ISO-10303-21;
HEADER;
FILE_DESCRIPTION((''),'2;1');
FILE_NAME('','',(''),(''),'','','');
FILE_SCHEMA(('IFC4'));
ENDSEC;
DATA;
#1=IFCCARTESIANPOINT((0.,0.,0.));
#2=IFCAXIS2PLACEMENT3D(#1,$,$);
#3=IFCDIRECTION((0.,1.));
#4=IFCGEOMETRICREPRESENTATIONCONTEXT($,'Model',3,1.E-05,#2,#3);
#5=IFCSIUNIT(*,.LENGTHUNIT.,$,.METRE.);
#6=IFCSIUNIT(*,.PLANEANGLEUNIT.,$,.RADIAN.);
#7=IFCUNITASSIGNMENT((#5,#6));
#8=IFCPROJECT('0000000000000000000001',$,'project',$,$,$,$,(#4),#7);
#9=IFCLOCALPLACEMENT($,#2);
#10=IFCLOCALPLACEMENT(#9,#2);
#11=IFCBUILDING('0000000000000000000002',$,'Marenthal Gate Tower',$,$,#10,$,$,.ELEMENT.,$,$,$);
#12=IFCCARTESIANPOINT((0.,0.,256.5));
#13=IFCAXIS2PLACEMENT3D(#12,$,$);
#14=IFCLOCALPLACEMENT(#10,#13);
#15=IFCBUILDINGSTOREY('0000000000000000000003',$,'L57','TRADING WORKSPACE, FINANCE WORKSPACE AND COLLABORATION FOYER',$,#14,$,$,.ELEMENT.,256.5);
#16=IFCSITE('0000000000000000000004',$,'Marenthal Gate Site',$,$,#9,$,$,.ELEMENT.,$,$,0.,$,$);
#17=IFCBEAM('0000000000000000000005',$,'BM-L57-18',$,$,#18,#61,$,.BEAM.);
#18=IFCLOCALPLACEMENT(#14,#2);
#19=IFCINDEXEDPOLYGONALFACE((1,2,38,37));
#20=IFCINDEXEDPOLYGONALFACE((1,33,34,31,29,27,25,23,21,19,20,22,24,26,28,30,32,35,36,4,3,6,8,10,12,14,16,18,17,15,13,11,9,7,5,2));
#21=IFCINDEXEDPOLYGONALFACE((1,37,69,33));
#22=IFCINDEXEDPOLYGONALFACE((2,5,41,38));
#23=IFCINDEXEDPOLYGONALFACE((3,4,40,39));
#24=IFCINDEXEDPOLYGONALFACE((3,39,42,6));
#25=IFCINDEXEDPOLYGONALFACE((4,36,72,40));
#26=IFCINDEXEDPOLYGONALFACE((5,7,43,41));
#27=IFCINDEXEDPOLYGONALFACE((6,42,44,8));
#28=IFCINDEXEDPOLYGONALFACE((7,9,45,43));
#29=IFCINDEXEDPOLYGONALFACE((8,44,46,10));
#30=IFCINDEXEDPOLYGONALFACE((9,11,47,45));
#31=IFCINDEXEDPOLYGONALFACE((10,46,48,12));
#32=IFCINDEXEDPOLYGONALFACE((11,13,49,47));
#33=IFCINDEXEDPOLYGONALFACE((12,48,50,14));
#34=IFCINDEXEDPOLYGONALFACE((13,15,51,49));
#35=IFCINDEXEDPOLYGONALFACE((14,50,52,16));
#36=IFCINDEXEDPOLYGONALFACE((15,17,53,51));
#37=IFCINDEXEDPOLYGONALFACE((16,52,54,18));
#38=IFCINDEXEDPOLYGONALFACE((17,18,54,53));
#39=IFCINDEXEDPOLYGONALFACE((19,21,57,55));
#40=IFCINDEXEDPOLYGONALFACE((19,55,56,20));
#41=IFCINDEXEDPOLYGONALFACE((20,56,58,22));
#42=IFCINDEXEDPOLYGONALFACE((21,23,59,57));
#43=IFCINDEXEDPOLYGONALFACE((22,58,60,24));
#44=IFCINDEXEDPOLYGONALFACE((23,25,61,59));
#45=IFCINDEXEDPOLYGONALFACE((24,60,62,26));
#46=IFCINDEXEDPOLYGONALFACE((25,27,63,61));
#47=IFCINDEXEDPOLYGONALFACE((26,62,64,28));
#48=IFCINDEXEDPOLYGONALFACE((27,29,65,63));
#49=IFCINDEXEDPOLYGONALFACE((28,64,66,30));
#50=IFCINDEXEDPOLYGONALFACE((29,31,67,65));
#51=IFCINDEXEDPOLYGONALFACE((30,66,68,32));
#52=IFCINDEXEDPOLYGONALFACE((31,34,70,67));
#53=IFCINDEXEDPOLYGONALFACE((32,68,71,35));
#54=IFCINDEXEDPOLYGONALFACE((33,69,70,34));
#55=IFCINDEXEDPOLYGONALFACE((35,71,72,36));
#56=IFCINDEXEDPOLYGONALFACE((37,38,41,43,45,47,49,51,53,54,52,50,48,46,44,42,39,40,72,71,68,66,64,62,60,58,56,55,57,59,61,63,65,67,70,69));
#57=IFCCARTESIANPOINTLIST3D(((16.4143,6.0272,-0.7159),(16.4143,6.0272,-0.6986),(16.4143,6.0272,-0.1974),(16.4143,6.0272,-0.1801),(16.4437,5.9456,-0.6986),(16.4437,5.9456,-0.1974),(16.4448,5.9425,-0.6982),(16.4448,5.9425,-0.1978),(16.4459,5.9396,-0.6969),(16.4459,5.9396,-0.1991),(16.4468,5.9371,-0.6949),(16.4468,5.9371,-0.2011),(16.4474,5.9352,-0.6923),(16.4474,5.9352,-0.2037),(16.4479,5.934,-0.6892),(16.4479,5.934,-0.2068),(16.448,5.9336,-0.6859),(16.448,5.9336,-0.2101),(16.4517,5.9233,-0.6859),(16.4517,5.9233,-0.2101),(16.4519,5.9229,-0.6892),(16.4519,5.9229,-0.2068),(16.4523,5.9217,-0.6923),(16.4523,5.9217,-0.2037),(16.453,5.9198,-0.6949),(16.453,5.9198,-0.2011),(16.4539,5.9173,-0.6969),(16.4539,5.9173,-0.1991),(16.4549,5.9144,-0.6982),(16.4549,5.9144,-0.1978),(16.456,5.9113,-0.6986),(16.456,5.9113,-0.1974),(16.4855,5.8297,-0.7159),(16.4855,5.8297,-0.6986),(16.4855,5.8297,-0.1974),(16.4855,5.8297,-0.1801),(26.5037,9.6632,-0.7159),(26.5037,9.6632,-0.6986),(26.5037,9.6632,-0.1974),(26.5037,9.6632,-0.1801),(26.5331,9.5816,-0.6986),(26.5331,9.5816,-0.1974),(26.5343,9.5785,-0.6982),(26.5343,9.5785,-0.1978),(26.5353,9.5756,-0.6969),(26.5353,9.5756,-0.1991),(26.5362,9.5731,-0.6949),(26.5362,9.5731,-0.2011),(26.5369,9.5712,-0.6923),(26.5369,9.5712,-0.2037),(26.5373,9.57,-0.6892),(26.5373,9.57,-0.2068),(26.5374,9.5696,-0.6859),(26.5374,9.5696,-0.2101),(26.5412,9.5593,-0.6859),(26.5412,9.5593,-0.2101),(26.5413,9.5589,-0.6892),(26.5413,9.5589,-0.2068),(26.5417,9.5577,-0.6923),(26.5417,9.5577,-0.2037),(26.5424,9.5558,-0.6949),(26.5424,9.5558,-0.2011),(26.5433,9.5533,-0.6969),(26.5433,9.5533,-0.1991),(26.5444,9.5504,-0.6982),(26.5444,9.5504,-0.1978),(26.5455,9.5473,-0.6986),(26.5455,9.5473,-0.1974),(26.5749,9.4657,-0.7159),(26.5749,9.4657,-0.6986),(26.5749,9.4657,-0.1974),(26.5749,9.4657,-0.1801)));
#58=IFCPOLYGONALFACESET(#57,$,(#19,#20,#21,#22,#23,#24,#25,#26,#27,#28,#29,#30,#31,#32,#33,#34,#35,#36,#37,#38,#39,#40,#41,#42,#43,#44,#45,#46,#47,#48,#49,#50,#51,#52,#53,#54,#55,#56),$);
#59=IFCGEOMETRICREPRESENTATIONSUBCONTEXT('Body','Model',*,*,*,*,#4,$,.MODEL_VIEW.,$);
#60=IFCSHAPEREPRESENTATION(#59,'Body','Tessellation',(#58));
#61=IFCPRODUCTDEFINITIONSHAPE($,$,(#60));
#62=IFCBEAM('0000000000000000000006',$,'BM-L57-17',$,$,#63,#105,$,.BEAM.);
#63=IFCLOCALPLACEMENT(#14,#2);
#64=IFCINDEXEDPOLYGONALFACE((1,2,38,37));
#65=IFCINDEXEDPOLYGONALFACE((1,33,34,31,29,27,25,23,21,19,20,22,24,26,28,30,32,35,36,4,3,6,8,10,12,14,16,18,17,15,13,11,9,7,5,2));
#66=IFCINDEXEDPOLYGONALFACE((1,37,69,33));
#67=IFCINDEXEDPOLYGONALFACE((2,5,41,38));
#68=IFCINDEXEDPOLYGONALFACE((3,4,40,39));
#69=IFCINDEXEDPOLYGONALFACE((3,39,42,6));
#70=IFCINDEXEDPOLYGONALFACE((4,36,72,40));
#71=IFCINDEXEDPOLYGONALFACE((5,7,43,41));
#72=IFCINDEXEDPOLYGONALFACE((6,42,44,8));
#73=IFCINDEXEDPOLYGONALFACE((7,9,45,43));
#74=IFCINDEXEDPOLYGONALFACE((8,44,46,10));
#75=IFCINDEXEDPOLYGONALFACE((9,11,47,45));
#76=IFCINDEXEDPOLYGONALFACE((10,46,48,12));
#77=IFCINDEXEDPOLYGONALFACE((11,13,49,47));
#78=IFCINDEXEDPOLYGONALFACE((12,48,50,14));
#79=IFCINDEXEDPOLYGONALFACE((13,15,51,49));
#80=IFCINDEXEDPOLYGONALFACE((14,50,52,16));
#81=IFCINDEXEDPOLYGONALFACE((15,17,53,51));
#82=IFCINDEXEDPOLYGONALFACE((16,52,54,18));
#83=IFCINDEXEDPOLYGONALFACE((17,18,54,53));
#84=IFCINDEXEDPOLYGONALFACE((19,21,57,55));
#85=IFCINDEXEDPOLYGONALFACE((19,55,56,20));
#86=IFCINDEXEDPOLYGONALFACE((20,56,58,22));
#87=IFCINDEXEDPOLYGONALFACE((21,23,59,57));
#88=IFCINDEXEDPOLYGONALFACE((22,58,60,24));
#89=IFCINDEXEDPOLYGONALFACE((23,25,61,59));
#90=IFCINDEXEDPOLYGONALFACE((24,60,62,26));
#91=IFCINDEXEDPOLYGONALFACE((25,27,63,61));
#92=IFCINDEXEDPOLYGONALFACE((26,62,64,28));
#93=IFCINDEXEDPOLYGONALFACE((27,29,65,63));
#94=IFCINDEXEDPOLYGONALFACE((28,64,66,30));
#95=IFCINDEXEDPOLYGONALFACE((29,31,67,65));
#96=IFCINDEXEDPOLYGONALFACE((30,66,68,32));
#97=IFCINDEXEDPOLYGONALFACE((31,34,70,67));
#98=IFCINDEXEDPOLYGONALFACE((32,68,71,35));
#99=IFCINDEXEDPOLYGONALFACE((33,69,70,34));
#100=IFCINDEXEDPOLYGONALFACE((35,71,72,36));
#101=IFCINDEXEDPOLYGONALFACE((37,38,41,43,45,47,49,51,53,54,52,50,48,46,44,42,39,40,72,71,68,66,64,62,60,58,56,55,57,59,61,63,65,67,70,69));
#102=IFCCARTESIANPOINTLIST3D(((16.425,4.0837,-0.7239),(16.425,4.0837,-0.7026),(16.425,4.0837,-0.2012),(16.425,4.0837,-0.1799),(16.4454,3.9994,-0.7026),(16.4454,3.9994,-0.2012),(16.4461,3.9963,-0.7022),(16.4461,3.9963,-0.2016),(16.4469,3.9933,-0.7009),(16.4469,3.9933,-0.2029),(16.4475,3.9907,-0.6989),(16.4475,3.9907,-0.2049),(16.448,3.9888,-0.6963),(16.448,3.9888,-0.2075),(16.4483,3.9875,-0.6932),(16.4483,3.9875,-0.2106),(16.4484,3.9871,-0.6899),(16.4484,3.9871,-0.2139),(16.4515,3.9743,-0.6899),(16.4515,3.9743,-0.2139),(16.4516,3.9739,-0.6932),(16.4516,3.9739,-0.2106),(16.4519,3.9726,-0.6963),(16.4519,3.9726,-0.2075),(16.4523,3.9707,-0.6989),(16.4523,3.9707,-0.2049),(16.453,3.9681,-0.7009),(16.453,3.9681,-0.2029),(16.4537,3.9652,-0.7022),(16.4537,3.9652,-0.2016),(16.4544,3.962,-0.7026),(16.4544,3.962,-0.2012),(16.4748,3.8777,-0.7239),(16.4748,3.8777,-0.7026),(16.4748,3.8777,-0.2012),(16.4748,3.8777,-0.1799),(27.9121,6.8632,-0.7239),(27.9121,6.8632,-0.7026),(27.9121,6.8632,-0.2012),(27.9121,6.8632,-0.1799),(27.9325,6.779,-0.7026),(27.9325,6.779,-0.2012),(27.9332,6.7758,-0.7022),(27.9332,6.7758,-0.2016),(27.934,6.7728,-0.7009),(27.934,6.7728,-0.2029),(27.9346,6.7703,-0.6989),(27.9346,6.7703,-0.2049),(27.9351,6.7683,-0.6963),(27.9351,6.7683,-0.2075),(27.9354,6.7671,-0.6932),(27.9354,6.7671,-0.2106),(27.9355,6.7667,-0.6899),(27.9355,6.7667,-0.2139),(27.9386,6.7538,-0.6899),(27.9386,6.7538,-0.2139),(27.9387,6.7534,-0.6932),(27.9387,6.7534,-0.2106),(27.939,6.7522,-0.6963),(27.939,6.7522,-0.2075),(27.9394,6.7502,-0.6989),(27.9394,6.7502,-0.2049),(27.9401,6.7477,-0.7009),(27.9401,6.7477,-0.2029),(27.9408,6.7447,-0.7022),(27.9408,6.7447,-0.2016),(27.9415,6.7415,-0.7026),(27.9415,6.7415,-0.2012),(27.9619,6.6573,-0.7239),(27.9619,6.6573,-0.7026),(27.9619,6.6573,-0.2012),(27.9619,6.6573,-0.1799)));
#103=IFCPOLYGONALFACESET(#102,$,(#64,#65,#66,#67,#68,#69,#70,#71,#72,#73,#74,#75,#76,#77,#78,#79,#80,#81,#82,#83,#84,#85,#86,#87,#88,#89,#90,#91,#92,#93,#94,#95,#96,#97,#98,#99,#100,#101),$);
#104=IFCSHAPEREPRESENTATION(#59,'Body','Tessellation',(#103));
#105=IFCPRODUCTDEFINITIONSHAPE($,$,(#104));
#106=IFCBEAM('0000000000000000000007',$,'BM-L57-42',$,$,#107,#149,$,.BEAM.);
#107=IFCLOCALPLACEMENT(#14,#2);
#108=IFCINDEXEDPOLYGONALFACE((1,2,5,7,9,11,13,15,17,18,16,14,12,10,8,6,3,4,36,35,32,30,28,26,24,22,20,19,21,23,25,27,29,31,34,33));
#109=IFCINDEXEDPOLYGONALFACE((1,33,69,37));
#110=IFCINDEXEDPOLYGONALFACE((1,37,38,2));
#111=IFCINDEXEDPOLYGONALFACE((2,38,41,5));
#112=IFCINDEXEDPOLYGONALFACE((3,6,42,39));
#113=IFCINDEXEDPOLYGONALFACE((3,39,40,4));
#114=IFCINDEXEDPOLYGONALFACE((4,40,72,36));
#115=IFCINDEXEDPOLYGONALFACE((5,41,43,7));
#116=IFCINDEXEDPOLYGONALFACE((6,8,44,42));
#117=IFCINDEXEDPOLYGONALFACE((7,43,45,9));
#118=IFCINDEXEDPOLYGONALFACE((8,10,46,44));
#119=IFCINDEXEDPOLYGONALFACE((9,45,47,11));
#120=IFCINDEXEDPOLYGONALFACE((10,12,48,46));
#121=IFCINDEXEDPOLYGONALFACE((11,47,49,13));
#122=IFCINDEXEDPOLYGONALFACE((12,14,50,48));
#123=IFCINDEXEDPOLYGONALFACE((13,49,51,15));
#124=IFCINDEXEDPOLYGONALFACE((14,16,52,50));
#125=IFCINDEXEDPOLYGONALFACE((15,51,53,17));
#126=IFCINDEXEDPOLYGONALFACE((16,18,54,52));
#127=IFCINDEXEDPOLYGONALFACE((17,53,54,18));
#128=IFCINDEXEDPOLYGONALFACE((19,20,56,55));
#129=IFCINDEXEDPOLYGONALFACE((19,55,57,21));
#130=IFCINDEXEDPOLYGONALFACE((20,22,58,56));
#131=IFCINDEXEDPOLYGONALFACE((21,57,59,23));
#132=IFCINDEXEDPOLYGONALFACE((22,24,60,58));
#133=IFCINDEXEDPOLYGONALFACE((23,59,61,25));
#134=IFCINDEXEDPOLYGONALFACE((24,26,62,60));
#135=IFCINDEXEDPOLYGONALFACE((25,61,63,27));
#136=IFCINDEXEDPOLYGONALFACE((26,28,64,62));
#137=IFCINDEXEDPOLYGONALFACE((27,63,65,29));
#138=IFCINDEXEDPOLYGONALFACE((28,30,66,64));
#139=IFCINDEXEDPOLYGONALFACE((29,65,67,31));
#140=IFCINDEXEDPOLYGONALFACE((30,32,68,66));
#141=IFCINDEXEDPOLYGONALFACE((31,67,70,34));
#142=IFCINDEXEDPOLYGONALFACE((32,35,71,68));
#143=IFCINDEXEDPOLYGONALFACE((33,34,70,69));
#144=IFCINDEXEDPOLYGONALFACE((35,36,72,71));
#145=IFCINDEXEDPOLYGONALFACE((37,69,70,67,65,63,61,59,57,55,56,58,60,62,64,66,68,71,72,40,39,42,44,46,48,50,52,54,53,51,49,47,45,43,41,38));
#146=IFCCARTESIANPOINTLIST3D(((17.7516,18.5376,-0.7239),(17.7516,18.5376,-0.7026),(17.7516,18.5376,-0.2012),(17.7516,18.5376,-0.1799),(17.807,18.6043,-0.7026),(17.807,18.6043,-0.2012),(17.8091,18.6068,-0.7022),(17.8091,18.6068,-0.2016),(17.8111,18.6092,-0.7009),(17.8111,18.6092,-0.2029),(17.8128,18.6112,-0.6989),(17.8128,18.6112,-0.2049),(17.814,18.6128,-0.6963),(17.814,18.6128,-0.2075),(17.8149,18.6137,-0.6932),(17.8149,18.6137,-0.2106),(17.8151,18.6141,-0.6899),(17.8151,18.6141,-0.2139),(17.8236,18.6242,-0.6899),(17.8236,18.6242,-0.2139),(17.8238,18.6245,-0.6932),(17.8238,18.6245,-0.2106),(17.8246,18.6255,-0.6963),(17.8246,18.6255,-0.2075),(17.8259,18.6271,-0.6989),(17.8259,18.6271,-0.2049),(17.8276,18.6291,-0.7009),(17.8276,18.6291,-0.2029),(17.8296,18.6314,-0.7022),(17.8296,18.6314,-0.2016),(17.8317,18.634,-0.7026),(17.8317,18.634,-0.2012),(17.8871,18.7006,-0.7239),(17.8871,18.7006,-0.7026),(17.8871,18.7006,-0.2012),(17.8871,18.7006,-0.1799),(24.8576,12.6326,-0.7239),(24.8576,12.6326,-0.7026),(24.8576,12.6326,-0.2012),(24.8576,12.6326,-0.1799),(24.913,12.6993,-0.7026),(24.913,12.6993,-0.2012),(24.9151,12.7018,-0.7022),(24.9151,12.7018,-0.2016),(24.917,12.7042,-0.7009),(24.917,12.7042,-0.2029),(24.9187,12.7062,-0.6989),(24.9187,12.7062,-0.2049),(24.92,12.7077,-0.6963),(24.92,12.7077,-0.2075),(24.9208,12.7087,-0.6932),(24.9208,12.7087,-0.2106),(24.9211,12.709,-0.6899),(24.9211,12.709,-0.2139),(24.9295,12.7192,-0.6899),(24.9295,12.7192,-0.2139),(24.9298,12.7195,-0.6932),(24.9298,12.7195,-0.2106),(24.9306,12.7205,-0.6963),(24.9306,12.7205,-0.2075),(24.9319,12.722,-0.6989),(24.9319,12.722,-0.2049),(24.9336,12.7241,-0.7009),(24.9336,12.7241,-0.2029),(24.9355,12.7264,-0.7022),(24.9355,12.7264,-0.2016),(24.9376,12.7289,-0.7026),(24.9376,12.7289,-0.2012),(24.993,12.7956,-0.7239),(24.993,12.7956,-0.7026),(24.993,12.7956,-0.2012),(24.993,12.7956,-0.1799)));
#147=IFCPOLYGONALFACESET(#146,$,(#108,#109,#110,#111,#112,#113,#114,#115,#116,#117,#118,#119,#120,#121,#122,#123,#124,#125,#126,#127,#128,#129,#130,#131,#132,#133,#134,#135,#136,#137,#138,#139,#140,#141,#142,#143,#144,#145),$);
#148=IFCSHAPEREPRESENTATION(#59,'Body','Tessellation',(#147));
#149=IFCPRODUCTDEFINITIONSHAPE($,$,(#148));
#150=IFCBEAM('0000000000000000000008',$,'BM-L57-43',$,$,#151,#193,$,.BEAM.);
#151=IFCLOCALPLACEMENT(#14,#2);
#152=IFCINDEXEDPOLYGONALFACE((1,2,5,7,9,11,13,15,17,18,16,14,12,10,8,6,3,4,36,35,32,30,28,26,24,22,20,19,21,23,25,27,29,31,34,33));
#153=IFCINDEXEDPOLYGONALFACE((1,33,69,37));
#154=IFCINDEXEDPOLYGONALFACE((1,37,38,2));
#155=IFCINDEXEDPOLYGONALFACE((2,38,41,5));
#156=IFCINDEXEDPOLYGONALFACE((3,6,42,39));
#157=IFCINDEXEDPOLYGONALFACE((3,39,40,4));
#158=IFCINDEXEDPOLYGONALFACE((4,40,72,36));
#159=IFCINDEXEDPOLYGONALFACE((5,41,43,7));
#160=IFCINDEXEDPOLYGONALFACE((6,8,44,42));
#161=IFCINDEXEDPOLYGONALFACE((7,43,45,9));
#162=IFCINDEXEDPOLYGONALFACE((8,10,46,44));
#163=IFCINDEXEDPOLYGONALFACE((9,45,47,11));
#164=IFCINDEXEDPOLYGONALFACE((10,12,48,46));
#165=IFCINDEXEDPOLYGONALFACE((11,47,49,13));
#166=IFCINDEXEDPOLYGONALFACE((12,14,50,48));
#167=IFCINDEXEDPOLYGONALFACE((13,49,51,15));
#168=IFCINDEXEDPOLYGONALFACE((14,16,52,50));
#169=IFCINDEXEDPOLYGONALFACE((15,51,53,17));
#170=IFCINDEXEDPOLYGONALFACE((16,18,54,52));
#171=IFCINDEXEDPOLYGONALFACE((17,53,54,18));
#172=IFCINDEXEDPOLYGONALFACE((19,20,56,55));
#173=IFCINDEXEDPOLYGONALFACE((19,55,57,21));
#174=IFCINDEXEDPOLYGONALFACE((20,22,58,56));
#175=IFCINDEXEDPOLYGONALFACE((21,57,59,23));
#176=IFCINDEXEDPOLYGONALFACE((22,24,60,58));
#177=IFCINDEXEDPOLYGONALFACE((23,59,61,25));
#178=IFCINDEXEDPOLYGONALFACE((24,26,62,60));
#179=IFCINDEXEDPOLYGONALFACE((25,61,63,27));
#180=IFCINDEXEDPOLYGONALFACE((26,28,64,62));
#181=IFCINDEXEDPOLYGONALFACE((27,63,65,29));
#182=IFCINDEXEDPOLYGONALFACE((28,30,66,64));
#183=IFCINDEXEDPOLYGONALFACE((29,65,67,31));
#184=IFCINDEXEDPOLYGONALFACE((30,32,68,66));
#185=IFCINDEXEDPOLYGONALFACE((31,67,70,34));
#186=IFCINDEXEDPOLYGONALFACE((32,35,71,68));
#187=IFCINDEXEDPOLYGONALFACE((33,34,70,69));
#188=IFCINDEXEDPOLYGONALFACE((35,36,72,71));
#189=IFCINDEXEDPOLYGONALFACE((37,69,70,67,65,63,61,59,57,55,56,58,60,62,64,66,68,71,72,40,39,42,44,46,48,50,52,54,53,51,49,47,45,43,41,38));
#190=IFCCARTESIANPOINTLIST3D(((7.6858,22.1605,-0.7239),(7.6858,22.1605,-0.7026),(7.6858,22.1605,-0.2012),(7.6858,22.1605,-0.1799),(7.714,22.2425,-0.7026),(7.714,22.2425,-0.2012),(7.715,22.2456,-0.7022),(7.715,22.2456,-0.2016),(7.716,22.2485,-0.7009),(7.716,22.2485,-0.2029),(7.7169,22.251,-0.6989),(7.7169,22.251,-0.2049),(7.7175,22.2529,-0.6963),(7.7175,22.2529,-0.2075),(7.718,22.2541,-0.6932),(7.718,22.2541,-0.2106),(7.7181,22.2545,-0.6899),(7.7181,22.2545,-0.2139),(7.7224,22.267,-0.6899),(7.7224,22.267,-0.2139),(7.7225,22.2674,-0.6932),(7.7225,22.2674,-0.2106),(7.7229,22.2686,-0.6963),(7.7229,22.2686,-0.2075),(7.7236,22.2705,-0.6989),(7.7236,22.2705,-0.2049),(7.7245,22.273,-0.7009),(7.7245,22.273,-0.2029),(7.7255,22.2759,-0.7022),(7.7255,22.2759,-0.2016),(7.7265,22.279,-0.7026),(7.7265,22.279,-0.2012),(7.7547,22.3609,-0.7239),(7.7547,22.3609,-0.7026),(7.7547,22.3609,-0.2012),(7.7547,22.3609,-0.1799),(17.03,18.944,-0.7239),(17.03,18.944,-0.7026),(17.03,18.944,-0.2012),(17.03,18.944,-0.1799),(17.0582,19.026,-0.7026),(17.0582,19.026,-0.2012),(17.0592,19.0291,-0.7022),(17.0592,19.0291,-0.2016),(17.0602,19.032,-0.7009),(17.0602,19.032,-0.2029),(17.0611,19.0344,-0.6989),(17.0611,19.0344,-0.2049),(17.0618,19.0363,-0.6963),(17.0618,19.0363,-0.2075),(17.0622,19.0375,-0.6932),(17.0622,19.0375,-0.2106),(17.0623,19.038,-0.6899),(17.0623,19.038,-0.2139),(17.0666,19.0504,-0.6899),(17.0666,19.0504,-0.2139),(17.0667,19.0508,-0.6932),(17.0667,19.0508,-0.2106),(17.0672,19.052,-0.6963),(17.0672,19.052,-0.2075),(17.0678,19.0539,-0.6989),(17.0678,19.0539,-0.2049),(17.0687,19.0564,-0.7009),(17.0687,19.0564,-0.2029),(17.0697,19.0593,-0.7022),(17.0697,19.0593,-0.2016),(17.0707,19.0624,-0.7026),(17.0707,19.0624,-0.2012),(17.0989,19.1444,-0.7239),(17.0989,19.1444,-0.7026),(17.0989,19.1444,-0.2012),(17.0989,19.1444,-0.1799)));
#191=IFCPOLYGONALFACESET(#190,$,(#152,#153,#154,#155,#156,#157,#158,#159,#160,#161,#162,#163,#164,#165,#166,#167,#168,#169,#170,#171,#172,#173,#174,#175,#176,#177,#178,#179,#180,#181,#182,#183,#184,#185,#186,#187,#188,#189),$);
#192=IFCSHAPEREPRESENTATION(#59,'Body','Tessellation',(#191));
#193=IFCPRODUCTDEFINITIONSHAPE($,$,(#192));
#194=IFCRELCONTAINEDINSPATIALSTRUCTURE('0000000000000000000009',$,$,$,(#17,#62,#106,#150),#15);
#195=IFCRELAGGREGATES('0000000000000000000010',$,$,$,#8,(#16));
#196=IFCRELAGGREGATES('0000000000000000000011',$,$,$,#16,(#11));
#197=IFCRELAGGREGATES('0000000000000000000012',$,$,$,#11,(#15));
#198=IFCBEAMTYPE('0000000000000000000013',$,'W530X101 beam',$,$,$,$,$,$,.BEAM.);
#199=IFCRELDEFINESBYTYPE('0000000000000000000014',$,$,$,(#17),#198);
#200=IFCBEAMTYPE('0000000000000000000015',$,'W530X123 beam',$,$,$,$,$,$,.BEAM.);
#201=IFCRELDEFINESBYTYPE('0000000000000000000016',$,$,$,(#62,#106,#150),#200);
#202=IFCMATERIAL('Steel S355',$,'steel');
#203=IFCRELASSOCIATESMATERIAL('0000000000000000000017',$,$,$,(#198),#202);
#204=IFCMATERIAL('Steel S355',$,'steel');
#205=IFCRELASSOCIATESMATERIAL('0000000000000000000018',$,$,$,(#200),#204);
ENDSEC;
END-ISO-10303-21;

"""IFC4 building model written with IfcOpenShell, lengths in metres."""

from ifc_helpers import new_model, si_unit, direction, frame, origin, origin_2d, place, context, subcontext, project, spatial, i_section, extrude, material, material_profile, profile_set, type_object, element, save


model = new_model("IFC4")

# Units and contexts
model_context = context("Model", 3, precision=1e-05, world=origin(), true_north=direction((0.0, 1.0)))
body_context = subcontext(model_context, "Body", "Model", "MODEL_VIEW")
ifc_project = project(units=[si_unit("LENGTHUNIT", "METRE"), si_unit("PLANEANGLEUNIT", "RADIAN")], contexts=[model_context])

# Site, building, storey
site_placement = place(None, origin())
site = spatial("IfcSite", under=ifc_project, at=site_placement, Name="Marenthal Gate Site", CompositionType="ELEMENT", RefElevation=0.0)
building_placement = place(site_placement, origin())
building = spatial("IfcBuilding", under=site, at=building_placement, Name="Marenthal Gate Tower", CompositionType="ELEMENT")
storey_placement = place(building_placement, frame((0.0, 0.0, 256.5)))
storey = spatial("IfcBuildingStorey", under=building, at=storey_placement, Name="L57", Description="TRADING WORKSPACE, FINANCE WORKSPACE AND COLLABORATION FOYER", CompositionType="ELEMENT", Elevation=256.5)

# Beams
ifc_material_1 = material(Name="Steel S355", Category="steel")
ifc_material_profile_1 = material_profile(ifc_material_1, i_section(OverallWidth=0.21, OverallDepth=0.5359, WebThickness=0.011, FlangeThickness=0.0173, FilletRadius=0.0127, at=origin_2d()), Name="W530X101")
ifc_profile_set_1 = profile_set([ifc_material_profile_1], Name="Steel S355")
beam_type_1 = type_object("IfcBeamType", Name="W530X101 beam", PredefinedType="BEAM", material=ifc_profile_set_1)
beam_1_placement = place(storey_placement, frame((26.5393, 9.5645, -0.448), z_axis=(-0.940774, -0.339035, 0.0), x_axis=(0.339035, -0.940774, 0.0)))
element("IfcBeam", 1, at=beam_1_placement, inside=storey, type_object=beam_type_1, Name="BM-L57-18", PredefinedType="BEAM", context=body_context, shape_type="SweptSolid", body=[
    extrude(i_section(OverallWidth=0.21, OverallDepth=0.5359, WebThickness=0.011, FlangeThickness=0.0173, FilletRadius=0.0127, at=origin_2d()), origin(), (0.0, 0.0, 1.0), 10.7246),
])
ifc_material_2 = material(Name="Steel S355", Category="steel")
ifc_material_profile_2 = material_profile(ifc_material_2, i_section(OverallWidth=0.2119, OverallDepth=0.5439, WebThickness=0.0132, FlangeThickness=0.0212, FilletRadius=0.0127, at=origin_2d()), Name="W530X123")
ifc_profile_set_2 = profile_set([ifc_material_profile_2], Name="Steel S355")
beam_type_2 = type_object("IfcBeamType", Name="W530X123 beam", PredefinedType="BEAM", material=ifc_profile_set_2)
beam_2_placement = place(storey_placement, frame((27.937, 6.7603, -0.4519), z_axis=(-0.971951, -0.235184, 0.0), x_axis=(0.235184, -0.971951, 0.0)))
element("IfcBeam", 2, at=beam_2_placement, inside=storey, type_object=beam_type_2, Name="BM-L57-17", PredefinedType="BEAM", context=body_context, shape_type="SweptSolid", body=[
    extrude(i_section(OverallWidth=0.2119, OverallDepth=0.5439, WebThickness=0.0132, FlangeThickness=0.0212, FilletRadius=0.0127, at=origin_2d()), origin(), (0.0, 0.0, 1.0), 11.8186),
])
beam_3_placement = place(storey_placement, frame((24.9253, 12.7141, -0.4519), z_axis=(-0.769104, 0.639123, 0.0), x_axis=(-0.639123, -0.769104, 0.0)))
element("IfcBeam", 3, at=beam_3_placement, inside=storey, type_object=beam_type_2, Name="BM-L57-42", PredefinedType="BEAM", context=body_context, shape_type="SweptSolid", body=[
    extrude(i_section(OverallWidth=0.2119, OverallDepth=0.5439, WebThickness=0.0132, FlangeThickness=0.0212, FilletRadius=0.0127, at=origin_2d()), origin(), (0.0, 0.0, 1.0), 9.2393),
])
beam_4_placement = place(storey_placement, frame((17.0645, 19.0442, -0.4519), z_axis=(-0.945547, 0.325484, 0.0), x_axis=(-0.325484, -0.945547, 0.0)))
element("IfcBeam", 4, at=beam_4_placement, inside=storey, type_object=beam_type_2, Name="BM-L57-43", PredefinedType="BEAM", context=body_context, shape_type="SweptSolid", body=[
    extrude(i_section(OverallWidth=0.2119, OverallDepth=0.5439, WebThickness=0.0132, FlangeThickness=0.0212, FilletRadius=0.0127, at=origin_2d()), origin(), (0.0, 0.0, 1.0), 9.8823),
])

save(model, "model.ifc")
